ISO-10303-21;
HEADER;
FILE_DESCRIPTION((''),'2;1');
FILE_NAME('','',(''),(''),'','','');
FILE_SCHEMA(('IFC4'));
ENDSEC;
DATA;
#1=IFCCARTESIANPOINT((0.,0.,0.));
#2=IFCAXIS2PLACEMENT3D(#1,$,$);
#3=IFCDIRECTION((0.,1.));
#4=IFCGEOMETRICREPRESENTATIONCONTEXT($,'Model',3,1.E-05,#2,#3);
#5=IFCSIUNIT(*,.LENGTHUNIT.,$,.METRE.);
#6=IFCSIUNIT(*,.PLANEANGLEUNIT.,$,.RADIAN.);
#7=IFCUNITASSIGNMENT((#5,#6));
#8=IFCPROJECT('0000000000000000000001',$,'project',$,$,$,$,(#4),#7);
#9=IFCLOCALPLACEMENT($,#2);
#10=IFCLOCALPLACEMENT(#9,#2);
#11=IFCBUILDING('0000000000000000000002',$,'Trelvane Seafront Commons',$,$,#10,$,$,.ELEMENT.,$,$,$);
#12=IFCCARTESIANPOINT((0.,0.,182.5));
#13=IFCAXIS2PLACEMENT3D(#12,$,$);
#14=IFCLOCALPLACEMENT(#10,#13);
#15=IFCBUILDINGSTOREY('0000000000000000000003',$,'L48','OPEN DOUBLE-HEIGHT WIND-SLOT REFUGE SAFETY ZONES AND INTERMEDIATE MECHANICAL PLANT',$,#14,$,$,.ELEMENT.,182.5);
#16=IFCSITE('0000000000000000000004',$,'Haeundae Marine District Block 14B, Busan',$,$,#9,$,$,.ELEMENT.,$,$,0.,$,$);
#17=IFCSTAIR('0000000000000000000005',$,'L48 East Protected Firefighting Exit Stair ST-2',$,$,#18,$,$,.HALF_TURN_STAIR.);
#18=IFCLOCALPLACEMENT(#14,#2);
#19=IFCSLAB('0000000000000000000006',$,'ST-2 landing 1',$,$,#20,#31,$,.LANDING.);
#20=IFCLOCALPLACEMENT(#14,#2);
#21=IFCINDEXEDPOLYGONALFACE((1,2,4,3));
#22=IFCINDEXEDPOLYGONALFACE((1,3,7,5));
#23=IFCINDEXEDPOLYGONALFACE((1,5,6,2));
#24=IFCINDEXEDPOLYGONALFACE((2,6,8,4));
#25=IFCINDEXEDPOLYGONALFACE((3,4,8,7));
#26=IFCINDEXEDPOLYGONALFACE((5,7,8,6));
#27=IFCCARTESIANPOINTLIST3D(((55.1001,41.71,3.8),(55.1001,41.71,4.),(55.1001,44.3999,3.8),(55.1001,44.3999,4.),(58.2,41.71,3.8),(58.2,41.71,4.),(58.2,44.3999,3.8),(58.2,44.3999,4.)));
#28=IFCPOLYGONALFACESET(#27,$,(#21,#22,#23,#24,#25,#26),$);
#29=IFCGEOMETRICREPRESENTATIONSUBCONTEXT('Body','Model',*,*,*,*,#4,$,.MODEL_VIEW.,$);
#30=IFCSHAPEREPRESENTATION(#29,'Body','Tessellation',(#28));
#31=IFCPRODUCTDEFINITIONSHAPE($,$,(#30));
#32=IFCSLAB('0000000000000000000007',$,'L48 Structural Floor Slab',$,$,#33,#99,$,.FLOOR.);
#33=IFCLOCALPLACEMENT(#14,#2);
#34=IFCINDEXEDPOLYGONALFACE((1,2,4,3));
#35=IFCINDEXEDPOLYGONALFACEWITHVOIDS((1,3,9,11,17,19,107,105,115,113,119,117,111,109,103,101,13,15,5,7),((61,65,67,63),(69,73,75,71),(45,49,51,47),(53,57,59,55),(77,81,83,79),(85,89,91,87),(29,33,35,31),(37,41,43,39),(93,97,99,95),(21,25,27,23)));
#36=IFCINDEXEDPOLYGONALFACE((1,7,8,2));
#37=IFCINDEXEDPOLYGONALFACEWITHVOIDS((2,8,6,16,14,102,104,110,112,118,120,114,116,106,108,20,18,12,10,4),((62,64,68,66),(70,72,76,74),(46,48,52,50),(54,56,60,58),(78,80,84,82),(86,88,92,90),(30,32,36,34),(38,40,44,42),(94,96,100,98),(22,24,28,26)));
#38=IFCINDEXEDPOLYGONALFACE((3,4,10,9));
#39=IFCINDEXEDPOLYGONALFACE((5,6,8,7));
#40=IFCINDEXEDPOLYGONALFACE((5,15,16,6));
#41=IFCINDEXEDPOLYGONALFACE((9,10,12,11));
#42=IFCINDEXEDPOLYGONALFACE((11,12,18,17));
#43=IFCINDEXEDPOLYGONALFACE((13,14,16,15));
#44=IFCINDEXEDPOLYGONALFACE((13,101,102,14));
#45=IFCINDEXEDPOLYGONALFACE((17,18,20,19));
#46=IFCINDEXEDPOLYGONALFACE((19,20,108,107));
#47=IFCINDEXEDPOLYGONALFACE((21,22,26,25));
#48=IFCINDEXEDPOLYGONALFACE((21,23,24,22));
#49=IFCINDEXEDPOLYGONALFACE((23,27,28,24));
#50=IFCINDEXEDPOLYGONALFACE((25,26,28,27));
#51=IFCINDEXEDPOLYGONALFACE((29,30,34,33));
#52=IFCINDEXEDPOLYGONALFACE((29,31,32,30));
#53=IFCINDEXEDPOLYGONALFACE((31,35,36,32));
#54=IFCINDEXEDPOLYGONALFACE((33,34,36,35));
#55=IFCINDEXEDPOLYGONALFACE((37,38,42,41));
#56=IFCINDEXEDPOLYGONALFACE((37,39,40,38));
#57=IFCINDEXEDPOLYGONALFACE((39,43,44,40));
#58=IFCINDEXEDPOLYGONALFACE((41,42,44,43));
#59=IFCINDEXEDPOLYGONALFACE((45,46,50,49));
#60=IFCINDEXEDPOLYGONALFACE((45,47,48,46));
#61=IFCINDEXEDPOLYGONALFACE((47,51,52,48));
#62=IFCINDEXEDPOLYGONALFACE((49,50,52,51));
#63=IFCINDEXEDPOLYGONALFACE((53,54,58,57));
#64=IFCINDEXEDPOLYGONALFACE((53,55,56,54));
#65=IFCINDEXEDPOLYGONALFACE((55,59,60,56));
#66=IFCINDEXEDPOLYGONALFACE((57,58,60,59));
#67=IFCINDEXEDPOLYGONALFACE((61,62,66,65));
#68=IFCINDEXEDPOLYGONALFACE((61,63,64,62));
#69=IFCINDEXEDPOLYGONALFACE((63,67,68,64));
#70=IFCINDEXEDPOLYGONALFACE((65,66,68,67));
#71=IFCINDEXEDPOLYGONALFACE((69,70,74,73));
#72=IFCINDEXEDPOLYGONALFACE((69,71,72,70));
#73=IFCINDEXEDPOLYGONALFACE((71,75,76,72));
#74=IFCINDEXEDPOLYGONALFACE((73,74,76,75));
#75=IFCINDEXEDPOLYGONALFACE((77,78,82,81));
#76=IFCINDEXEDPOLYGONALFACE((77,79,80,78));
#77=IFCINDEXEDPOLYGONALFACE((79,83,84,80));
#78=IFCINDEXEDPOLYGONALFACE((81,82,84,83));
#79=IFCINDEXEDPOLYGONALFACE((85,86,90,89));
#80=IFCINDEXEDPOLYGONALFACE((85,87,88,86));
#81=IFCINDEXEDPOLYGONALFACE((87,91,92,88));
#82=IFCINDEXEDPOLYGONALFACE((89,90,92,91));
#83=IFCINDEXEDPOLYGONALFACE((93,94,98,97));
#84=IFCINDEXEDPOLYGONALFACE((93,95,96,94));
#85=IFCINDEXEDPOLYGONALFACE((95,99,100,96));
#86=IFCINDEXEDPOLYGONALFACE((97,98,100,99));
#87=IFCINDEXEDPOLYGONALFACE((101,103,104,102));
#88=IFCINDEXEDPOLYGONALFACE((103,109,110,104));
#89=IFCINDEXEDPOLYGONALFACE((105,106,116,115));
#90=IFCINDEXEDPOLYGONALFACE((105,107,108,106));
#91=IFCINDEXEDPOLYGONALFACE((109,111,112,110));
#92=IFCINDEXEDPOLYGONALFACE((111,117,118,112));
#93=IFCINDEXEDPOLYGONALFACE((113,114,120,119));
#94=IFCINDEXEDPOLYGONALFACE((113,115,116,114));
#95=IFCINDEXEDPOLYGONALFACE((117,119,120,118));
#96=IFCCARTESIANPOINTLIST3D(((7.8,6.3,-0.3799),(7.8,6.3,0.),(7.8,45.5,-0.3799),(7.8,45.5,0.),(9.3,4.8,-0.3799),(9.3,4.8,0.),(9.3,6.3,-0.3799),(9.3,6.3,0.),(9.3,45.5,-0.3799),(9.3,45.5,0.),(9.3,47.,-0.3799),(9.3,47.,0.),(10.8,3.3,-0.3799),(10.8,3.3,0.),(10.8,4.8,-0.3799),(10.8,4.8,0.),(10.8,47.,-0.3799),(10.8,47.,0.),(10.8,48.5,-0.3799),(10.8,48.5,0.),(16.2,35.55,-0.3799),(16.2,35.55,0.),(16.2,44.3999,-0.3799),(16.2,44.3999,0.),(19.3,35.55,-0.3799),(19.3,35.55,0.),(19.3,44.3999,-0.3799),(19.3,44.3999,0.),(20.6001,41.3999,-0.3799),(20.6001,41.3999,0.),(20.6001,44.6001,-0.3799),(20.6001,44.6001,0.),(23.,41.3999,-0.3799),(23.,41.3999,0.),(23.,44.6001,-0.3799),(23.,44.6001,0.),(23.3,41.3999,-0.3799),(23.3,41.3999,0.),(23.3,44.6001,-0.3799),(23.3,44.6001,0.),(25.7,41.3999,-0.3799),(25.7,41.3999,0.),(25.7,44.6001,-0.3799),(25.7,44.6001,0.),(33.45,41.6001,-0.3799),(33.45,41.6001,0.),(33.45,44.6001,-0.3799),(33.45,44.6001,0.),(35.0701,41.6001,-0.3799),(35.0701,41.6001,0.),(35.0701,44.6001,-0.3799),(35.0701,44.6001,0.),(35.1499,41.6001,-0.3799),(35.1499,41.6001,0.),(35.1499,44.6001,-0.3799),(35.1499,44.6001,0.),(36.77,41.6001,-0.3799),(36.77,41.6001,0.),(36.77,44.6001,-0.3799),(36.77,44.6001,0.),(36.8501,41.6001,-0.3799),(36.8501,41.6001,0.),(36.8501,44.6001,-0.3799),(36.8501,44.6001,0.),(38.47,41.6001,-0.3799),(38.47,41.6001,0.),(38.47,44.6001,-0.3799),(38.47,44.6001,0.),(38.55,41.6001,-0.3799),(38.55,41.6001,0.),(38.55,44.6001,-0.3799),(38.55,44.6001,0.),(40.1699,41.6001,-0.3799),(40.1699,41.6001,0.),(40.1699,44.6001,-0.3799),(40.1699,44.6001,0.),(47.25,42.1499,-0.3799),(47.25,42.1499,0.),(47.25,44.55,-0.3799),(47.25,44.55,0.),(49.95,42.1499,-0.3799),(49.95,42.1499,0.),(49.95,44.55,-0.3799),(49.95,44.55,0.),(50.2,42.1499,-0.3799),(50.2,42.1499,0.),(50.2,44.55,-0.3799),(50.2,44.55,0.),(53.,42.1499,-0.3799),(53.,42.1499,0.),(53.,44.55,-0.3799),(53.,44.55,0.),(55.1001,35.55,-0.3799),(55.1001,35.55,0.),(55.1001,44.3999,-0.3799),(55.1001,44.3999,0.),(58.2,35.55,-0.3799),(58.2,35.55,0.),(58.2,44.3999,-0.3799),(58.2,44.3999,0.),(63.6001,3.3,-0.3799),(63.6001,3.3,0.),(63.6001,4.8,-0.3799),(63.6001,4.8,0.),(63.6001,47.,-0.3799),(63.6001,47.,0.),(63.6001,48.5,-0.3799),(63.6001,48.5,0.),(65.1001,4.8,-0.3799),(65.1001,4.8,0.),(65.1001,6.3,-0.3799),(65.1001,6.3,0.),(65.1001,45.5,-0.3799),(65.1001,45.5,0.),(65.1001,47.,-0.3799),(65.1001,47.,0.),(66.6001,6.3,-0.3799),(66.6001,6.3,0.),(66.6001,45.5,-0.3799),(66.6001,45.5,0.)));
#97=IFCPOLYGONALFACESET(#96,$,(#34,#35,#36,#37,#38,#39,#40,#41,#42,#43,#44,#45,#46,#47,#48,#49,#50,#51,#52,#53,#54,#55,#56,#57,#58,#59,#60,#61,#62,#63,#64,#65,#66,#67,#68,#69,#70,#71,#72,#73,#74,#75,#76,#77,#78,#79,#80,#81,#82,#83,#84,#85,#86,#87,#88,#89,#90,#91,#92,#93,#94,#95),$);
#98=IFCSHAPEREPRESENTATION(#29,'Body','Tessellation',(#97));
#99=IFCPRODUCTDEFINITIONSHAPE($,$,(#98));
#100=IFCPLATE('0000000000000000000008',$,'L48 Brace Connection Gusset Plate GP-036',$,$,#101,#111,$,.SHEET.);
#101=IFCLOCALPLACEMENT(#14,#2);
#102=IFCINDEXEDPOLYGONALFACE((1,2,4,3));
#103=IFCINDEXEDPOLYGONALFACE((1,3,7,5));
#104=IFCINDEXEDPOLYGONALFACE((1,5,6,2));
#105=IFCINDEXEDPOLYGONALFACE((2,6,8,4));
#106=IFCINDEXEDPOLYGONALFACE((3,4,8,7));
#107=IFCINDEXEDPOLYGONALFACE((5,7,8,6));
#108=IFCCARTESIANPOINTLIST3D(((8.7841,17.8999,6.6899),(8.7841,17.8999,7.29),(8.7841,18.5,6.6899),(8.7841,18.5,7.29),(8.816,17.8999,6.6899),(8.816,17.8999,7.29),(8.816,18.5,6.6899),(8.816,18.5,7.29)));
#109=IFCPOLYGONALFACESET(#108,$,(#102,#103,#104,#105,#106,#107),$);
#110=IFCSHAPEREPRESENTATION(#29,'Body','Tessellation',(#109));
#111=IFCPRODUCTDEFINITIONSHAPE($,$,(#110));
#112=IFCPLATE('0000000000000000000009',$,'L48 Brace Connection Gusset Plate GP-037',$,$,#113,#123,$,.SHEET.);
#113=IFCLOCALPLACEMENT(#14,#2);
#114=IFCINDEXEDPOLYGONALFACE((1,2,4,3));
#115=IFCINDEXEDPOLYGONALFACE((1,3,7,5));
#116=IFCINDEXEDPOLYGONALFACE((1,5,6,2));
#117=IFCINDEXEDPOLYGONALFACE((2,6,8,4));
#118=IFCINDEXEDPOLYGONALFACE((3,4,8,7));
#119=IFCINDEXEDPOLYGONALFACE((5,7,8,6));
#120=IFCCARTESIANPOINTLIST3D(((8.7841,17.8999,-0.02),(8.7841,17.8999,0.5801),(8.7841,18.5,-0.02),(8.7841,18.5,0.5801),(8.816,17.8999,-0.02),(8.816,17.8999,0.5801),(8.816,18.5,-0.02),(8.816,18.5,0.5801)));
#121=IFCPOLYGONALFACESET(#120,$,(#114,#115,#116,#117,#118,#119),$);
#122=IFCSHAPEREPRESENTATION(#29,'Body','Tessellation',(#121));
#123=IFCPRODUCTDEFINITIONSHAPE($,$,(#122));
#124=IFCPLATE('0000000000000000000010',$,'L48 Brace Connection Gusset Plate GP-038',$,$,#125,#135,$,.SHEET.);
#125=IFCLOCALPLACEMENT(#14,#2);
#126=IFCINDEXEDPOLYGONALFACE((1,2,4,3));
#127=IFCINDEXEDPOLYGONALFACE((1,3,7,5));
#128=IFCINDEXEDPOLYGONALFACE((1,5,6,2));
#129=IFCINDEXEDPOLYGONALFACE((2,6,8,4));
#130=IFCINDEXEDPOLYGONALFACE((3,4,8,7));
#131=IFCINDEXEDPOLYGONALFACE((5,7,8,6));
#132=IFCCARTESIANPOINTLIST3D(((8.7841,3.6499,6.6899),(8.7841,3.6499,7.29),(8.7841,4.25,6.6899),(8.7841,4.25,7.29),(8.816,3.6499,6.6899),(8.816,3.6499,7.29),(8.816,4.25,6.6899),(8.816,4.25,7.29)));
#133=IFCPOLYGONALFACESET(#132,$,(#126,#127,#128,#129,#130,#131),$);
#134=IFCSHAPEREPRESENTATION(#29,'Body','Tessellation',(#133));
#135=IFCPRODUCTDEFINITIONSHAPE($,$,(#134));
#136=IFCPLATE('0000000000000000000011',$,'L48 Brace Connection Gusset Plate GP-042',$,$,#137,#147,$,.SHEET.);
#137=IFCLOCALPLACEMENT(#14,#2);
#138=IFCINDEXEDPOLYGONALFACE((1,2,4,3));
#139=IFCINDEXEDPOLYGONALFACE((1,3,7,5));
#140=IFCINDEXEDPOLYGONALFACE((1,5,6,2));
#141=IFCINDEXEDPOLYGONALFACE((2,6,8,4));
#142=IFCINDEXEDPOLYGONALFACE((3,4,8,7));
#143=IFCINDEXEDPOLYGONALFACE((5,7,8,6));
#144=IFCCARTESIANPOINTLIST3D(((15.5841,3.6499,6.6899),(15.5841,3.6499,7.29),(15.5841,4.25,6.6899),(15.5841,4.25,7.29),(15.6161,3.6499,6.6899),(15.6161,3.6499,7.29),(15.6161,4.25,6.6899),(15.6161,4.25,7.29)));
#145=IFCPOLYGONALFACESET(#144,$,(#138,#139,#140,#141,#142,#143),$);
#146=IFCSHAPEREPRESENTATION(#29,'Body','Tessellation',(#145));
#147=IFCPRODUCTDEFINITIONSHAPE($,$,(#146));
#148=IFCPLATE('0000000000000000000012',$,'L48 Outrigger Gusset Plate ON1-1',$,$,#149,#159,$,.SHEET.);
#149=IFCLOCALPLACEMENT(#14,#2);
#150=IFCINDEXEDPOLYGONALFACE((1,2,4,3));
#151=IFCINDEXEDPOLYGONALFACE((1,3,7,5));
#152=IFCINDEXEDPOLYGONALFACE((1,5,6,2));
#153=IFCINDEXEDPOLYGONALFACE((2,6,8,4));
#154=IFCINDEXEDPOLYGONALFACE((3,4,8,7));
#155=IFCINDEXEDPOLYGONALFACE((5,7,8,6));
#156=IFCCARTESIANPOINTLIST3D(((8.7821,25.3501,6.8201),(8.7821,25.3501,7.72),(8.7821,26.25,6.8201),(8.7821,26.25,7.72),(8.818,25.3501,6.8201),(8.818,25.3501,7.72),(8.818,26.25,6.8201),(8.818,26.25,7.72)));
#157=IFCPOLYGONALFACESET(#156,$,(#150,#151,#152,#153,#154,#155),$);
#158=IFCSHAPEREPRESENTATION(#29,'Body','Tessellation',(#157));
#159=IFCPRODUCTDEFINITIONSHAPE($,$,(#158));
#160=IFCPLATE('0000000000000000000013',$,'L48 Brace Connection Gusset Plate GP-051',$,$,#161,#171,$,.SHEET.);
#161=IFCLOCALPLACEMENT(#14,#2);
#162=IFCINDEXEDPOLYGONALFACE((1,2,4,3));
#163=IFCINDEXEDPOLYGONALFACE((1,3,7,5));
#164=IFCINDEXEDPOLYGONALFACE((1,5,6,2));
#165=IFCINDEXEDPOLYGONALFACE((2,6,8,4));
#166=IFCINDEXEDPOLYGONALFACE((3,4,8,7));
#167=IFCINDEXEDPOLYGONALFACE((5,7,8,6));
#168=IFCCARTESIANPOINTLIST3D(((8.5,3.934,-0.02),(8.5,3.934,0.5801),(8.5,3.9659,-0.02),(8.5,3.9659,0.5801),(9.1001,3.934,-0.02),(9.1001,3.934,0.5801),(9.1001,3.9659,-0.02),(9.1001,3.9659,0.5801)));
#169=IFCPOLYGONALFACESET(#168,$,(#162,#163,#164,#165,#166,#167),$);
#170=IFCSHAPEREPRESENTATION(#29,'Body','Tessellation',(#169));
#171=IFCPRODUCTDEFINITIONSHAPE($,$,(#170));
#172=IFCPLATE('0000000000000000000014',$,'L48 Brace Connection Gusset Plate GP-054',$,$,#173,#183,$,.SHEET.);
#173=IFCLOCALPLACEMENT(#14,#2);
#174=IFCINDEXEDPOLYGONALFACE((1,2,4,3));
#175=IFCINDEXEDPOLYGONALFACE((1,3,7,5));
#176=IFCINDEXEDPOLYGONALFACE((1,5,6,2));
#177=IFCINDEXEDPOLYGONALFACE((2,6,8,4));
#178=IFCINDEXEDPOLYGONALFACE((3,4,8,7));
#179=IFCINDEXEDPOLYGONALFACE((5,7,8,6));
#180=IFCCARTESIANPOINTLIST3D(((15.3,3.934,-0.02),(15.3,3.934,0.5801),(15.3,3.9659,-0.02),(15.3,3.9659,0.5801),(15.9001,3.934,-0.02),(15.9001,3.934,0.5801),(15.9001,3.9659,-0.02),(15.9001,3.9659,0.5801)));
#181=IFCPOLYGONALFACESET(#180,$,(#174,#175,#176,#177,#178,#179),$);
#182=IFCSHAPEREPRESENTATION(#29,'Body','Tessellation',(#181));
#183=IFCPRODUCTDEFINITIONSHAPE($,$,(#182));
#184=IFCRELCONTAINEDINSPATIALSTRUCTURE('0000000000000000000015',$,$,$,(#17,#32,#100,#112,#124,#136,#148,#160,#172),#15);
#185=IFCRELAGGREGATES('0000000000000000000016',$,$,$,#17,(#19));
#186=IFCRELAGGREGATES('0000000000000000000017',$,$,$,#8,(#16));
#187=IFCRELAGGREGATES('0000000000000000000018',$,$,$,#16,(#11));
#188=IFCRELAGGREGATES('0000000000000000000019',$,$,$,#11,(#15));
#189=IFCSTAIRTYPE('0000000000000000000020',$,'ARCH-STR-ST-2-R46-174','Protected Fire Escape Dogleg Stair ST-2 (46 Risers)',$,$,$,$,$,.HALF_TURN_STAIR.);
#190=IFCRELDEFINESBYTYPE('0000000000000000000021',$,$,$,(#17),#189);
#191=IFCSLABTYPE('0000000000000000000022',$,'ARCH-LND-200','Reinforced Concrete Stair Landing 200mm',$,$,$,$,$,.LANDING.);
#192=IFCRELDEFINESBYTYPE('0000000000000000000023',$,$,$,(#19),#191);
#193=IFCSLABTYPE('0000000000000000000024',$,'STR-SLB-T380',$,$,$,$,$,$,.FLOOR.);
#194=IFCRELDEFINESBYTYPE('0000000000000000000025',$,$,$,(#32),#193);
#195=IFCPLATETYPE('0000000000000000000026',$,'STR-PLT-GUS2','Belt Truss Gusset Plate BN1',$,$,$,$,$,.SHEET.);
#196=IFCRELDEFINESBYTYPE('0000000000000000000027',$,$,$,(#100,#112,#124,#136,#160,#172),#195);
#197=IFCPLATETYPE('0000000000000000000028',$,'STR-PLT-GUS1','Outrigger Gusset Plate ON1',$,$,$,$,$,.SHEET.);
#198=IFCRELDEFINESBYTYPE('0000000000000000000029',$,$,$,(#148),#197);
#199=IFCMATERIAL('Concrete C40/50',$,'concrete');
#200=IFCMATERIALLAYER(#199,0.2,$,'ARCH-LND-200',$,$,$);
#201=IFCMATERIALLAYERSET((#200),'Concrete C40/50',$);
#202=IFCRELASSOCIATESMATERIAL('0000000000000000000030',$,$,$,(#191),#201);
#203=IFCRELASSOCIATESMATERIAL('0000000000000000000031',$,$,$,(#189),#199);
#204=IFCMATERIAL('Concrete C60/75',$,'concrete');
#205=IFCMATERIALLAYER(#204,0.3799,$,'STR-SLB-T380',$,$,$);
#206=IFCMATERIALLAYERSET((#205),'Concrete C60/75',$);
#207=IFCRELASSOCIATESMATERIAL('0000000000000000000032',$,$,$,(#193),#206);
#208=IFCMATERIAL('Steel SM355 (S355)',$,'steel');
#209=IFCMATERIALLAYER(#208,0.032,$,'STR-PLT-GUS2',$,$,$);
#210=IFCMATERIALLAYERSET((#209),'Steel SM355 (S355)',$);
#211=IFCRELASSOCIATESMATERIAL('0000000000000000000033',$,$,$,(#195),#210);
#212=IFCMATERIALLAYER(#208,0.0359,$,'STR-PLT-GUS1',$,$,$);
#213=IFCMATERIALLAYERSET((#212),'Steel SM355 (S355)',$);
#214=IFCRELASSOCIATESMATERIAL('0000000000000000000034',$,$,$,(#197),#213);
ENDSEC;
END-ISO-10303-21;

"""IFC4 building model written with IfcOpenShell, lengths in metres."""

from ifc_helpers import new_model, si_unit, direction, frame, origin, origin_2d, place, context, subcontext, project, spatial, polyline, rectangle, outline, extrude, source, transform, mapped, material, layer, layer_set, type_object, element, aggregate, save


model = new_model("IFC4")

# Units and contexts
model_context = context("Model", 3, precision=1e-05, world=origin(), true_north=direction((0.0, 1.0)))
body_context = subcontext(model_context, "Body", "Model", "MODEL_VIEW")
ifc_project = project(units=[si_unit("LENGTHUNIT", "METRE"), si_unit("PLANEANGLEUNIT", "RADIAN")], contexts=[model_context])

# Site, building, storey
site_placement = place(None, origin())
site = spatial("IfcSite", under=ifc_project, at=site_placement, Name="Haeundae Marine District Block 14B, Busan", CompositionType="ELEMENT", RefElevation=0.0)
building_placement = place(site_placement, origin())
building = spatial("IfcBuilding", under=site, at=building_placement, Name="Trelvane Seafront Commons", CompositionType="ELEMENT")
storey_placement = place(building_placement, frame((0.0, 0.0, 182.5)))
storey = spatial("IfcBuildingStorey", under=building, at=storey_placement, Name="L48", Description="OPEN DOUBLE-HEIGHT WIND-SLOT REFUGE SAFETY ZONES AND INTERMEDIATE MECHANICAL PLANT", CompositionType="ELEMENT", Elevation=182.5)

# Shared definitions
ifc_material_1 = material(Name="Steel SM355 (S355)", Category="steel")

# Stair, slab
ifc_material_2 = material(Name="Concrete C40/50", Category="concrete")
ifc_layer_1 = layer(ifc_material_2, 0.2, Name="ARCH-LND-200")
ifc_layer_set_1 = layer_set([ifc_layer_1], Name="Concrete C40/50")
slab_type_1 = type_object("IfcSlabType", Name="ARCH-LND-200", Description="Reinforced Concrete Stair Landing 200mm", PredefinedType="LANDING", material=ifc_layer_set_1)
stair_type_1 = type_object("IfcStairType", Name="ARCH-STR-ST-2-R46-174", Description="Protected Fire Escape Dogleg Stair ST-2 (46 Risers)", PredefinedType="HALF_TURN_STAIR", material=ifc_material_2)
stair_1_placement = place(storey_placement, origin())
stair_1 = element("IfcStair", 1, at=stair_1_placement, inside=storey, type_object=stair_type_1, Name="L48 East Protected Firefighting Exit Stair ST-2", PredefinedType="HALF_TURN_STAIR")
slab_1_placement = place(storey_placement, frame((0.0, 0.0, 3.8)))
slab_1 = element("IfcSlab", 2, at=slab_1_placement, type_object=slab_type_1, Name="ST-2 landing 1", PredefinedType="LANDING", context=body_context, shape_type="SweptSolid", body=[
    extrude(outline(polyline([(58.2, 41.71), (58.2, 44.3999), (55.1001, 44.3999), (55.1001, 41.71), (58.2, 41.71)])), origin(), (0.0, 0.0, 1.0), 0.2),
])
aggregate(stair_1, [slab_1])

# Slab
ifc_material_3 = material(Name="Concrete C60/75", Category="concrete")
ifc_layer_2 = layer(ifc_material_3, 0.3799, Name="STR-SLB-T380")
ifc_layer_set_2 = layer_set([ifc_layer_2], Name="Concrete C60/75")
slab_type_2 = type_object("IfcSlabType", Name="STR-SLB-T380", PredefinedType="FLOOR", material=ifc_layer_set_2)
slab_2_placement = place(storey_placement, frame((0.0, 0.0, -0.3799)))
element("IfcSlab", 3, at=slab_2_placement, inside=storey, type_object=slab_type_2, Name="L48 Structural Floor Slab", PredefinedType="FLOOR", context=body_context, shape_type="SweptSolid", body=[
    extrude(outline(polyline([(10.8, 3.3), (63.6001, 3.3), (63.6001, 4.8), (65.1001, 4.8), (65.1001, 6.3), (66.6001, 6.3), (66.6001, 45.5), (65.1001, 45.5), (65.1001, 47.0), (63.6001, 47.0), (63.6001, 48.5), (10.8, 48.5), (10.8, 47.0), (9.3, 47.0), (9.3, 45.5), (7.8, 45.5), (7.8, 6.3), (9.3, 6.3), (9.3, 4.8), (10.8, 4.8), (10.8, 3.3)]), holes=[polyline([(19.3, 35.55), (16.2, 35.55), (16.2, 44.3999), (19.3, 44.3999), (19.3, 35.55)]), polyline([(58.2, 35.55), (55.1001, 35.55), (55.1001, 44.3999), (58.2, 44.3999), (58.2, 35.55)]), polyline([(23.0, 41.3999), (20.6001, 41.3999), (20.6001, 44.6001), (23.0, 44.6001), (23.0, 41.3999)]), polyline([(23.3, 41.3999), (23.3, 44.6001), (25.7, 44.6001), (25.7, 41.3999), (23.3, 41.3999)]), polyline([(33.45, 41.6001), (33.45, 44.6001), (35.0701, 44.6001), (35.0701, 41.6001), (33.45, 41.6001)]), polyline([(36.77, 41.6001), (35.1499, 41.6001), (35.1499, 44.6001), (36.77, 44.6001), (36.77, 41.6001)]), polyline([(38.47, 41.6001), (36.8501, 41.6001), (36.8501, 44.6001), (38.47, 44.6001), (38.47, 41.6001)]), polyline([(40.1699, 41.6001), (38.55, 41.6001), (38.55, 44.6001), (40.1699, 44.6001), (40.1699, 41.6001)]), polyline([(47.25, 42.1499), (47.25, 44.55), (49.95, 44.55), (49.95, 42.1499), (47.25, 42.1499)]), polyline([(50.2, 42.1499), (50.2, 44.55), (53.0, 44.55), (53.0, 42.1499), (50.2, 42.1499)])]), origin(), (0.0, 0.0, 1.0), 0.3799),
])

# Plates
ifc_layer_3 = layer(ifc_material_1, 0.032, Name="STR-PLT-GUS2")
ifc_layer_set_3 = layer_set([ifc_layer_3], Name="Steel SM355 (S355)")
plate_type_1 = type_object("IfcPlateType", Name="STR-PLT-GUS2", Description="Belt Truss Gusset Plate BN1", PredefinedType="SHEET", material=ifc_layer_set_3)
shared_shape_1 = source(origin(), body_context, "Body", "SweptSolid", [
    extrude(rectangle(XDim=0.032, YDim=0.6001, at=origin_2d()), origin(), (0.0, 0.0, 1.0), 0.6001),
])
for number, where, z_axis, x_axis, name in (
    (4, (8.8, 18.2, 6.6899), (0.0, 0.0, 1.0), (1.0, 0.0, 0.0), "L48 Brace Connection Gusset Plate GP-036"),
    (5, (8.8, 18.2, -0.02), (0.0, 0.0, 1.0), (1.0, 0.0, 0.0), "L48 Brace Connection Gusset Plate GP-037"),
    (6, (8.8, 3.95, 6.6899), (0.0, 0.0, 1.0), (1.0, 0.0, 0.0), "L48 Brace Connection Gusset Plate GP-038"),
    (7, (15.6001, 3.95, 6.6899), (0.0, 0.0, 1.0), (1.0, 0.0, 0.0), "L48 Brace Connection Gusset Plate GP-042"),
):
    element("IfcPlate", number, at=place(storey_placement, frame(where, z_axis=z_axis, x_axis=x_axis)), inside=storey, type_object=plate_type_1, Name=name, PredefinedType="SHEET", context=body_context, shape_type="MappedRepresentation", body=[
        mapped(shared_shape_1, transform((0.0, 0.0, 0.0), x_axis=(1.0, 0.0, 0.0), y_axis=(0.0, 1.0, 0.0), z_axis=(0.0, 0.0, 1.0), scale=1.0)),
    ])
ifc_layer_4 = layer(ifc_material_1, 0.0359, Name="STR-PLT-GUS1")
ifc_layer_set_4 = layer_set([ifc_layer_4], Name="Steel SM355 (S355)")
plate_type_2 = type_object("IfcPlateType", Name="STR-PLT-GUS1", Description="Outrigger Gusset Plate ON1", PredefinedType="SHEET", material=ifc_layer_set_4)
shared_shape_2 = source(origin(), body_context, "Body", "SweptSolid", [
    extrude(rectangle(XDim=0.0359, YDim=0.8999, at=origin_2d()), origin(), (0.0, 0.0, 1.0), 0.8999),
])
plate_placement = place(storey_placement, frame((8.8, 25.8, 6.8201), z_axis=(0.0, 0.0, 1.0), x_axis=(1.0, 0.0, 0.0)))
element("IfcPlate", 8, at=plate_placement, inside=storey, type_object=plate_type_2, Name="L48 Outrigger Gusset Plate ON1-1", PredefinedType="SHEET", context=body_context, shape_type="MappedRepresentation", body=[
    mapped(shared_shape_2, transform((0.0, 0.0, 0.0), x_axis=(1.0, 0.0, 0.0), y_axis=(0.0, 1.0, 0.0), z_axis=(0.0, 0.0, 1.0), scale=1.0)),
])
shared_shape_3 = source(origin(), body_context, "Body", "SweptSolid", [
    extrude(rectangle(XDim=0.6001, YDim=0.032, at=origin_2d()), origin(), (0.0, 0.0, 1.0), 0.6001),
])
for number, where, z_axis, x_axis, name in (
    (9, (8.8, 3.95, -0.02), (0.0, 0.0, 1.0), (1.0, 0.0, 0.0), "L48 Brace Connection Gusset Plate GP-051"),
    (10, (15.6001, 3.95, -0.02), (0.0, 0.0, 1.0), (1.0, 0.0, 0.0), "L48 Brace Connection Gusset Plate GP-054"),
):
    element("IfcPlate", number, at=place(storey_placement, frame(where, z_axis=z_axis, x_axis=x_axis)), inside=storey, type_object=plate_type_1, Name=name, PredefinedType="SHEET", context=body_context, shape_type="MappedRepresentation", body=[
        mapped(shared_shape_3, transform((0.0, 0.0, 0.0), x_axis=(1.0, 0.0, 0.0), y_axis=(0.0, 1.0, 0.0), z_axis=(0.0, 0.0, 1.0), scale=1.0)),
    ])

save(model, "model.ifc")
